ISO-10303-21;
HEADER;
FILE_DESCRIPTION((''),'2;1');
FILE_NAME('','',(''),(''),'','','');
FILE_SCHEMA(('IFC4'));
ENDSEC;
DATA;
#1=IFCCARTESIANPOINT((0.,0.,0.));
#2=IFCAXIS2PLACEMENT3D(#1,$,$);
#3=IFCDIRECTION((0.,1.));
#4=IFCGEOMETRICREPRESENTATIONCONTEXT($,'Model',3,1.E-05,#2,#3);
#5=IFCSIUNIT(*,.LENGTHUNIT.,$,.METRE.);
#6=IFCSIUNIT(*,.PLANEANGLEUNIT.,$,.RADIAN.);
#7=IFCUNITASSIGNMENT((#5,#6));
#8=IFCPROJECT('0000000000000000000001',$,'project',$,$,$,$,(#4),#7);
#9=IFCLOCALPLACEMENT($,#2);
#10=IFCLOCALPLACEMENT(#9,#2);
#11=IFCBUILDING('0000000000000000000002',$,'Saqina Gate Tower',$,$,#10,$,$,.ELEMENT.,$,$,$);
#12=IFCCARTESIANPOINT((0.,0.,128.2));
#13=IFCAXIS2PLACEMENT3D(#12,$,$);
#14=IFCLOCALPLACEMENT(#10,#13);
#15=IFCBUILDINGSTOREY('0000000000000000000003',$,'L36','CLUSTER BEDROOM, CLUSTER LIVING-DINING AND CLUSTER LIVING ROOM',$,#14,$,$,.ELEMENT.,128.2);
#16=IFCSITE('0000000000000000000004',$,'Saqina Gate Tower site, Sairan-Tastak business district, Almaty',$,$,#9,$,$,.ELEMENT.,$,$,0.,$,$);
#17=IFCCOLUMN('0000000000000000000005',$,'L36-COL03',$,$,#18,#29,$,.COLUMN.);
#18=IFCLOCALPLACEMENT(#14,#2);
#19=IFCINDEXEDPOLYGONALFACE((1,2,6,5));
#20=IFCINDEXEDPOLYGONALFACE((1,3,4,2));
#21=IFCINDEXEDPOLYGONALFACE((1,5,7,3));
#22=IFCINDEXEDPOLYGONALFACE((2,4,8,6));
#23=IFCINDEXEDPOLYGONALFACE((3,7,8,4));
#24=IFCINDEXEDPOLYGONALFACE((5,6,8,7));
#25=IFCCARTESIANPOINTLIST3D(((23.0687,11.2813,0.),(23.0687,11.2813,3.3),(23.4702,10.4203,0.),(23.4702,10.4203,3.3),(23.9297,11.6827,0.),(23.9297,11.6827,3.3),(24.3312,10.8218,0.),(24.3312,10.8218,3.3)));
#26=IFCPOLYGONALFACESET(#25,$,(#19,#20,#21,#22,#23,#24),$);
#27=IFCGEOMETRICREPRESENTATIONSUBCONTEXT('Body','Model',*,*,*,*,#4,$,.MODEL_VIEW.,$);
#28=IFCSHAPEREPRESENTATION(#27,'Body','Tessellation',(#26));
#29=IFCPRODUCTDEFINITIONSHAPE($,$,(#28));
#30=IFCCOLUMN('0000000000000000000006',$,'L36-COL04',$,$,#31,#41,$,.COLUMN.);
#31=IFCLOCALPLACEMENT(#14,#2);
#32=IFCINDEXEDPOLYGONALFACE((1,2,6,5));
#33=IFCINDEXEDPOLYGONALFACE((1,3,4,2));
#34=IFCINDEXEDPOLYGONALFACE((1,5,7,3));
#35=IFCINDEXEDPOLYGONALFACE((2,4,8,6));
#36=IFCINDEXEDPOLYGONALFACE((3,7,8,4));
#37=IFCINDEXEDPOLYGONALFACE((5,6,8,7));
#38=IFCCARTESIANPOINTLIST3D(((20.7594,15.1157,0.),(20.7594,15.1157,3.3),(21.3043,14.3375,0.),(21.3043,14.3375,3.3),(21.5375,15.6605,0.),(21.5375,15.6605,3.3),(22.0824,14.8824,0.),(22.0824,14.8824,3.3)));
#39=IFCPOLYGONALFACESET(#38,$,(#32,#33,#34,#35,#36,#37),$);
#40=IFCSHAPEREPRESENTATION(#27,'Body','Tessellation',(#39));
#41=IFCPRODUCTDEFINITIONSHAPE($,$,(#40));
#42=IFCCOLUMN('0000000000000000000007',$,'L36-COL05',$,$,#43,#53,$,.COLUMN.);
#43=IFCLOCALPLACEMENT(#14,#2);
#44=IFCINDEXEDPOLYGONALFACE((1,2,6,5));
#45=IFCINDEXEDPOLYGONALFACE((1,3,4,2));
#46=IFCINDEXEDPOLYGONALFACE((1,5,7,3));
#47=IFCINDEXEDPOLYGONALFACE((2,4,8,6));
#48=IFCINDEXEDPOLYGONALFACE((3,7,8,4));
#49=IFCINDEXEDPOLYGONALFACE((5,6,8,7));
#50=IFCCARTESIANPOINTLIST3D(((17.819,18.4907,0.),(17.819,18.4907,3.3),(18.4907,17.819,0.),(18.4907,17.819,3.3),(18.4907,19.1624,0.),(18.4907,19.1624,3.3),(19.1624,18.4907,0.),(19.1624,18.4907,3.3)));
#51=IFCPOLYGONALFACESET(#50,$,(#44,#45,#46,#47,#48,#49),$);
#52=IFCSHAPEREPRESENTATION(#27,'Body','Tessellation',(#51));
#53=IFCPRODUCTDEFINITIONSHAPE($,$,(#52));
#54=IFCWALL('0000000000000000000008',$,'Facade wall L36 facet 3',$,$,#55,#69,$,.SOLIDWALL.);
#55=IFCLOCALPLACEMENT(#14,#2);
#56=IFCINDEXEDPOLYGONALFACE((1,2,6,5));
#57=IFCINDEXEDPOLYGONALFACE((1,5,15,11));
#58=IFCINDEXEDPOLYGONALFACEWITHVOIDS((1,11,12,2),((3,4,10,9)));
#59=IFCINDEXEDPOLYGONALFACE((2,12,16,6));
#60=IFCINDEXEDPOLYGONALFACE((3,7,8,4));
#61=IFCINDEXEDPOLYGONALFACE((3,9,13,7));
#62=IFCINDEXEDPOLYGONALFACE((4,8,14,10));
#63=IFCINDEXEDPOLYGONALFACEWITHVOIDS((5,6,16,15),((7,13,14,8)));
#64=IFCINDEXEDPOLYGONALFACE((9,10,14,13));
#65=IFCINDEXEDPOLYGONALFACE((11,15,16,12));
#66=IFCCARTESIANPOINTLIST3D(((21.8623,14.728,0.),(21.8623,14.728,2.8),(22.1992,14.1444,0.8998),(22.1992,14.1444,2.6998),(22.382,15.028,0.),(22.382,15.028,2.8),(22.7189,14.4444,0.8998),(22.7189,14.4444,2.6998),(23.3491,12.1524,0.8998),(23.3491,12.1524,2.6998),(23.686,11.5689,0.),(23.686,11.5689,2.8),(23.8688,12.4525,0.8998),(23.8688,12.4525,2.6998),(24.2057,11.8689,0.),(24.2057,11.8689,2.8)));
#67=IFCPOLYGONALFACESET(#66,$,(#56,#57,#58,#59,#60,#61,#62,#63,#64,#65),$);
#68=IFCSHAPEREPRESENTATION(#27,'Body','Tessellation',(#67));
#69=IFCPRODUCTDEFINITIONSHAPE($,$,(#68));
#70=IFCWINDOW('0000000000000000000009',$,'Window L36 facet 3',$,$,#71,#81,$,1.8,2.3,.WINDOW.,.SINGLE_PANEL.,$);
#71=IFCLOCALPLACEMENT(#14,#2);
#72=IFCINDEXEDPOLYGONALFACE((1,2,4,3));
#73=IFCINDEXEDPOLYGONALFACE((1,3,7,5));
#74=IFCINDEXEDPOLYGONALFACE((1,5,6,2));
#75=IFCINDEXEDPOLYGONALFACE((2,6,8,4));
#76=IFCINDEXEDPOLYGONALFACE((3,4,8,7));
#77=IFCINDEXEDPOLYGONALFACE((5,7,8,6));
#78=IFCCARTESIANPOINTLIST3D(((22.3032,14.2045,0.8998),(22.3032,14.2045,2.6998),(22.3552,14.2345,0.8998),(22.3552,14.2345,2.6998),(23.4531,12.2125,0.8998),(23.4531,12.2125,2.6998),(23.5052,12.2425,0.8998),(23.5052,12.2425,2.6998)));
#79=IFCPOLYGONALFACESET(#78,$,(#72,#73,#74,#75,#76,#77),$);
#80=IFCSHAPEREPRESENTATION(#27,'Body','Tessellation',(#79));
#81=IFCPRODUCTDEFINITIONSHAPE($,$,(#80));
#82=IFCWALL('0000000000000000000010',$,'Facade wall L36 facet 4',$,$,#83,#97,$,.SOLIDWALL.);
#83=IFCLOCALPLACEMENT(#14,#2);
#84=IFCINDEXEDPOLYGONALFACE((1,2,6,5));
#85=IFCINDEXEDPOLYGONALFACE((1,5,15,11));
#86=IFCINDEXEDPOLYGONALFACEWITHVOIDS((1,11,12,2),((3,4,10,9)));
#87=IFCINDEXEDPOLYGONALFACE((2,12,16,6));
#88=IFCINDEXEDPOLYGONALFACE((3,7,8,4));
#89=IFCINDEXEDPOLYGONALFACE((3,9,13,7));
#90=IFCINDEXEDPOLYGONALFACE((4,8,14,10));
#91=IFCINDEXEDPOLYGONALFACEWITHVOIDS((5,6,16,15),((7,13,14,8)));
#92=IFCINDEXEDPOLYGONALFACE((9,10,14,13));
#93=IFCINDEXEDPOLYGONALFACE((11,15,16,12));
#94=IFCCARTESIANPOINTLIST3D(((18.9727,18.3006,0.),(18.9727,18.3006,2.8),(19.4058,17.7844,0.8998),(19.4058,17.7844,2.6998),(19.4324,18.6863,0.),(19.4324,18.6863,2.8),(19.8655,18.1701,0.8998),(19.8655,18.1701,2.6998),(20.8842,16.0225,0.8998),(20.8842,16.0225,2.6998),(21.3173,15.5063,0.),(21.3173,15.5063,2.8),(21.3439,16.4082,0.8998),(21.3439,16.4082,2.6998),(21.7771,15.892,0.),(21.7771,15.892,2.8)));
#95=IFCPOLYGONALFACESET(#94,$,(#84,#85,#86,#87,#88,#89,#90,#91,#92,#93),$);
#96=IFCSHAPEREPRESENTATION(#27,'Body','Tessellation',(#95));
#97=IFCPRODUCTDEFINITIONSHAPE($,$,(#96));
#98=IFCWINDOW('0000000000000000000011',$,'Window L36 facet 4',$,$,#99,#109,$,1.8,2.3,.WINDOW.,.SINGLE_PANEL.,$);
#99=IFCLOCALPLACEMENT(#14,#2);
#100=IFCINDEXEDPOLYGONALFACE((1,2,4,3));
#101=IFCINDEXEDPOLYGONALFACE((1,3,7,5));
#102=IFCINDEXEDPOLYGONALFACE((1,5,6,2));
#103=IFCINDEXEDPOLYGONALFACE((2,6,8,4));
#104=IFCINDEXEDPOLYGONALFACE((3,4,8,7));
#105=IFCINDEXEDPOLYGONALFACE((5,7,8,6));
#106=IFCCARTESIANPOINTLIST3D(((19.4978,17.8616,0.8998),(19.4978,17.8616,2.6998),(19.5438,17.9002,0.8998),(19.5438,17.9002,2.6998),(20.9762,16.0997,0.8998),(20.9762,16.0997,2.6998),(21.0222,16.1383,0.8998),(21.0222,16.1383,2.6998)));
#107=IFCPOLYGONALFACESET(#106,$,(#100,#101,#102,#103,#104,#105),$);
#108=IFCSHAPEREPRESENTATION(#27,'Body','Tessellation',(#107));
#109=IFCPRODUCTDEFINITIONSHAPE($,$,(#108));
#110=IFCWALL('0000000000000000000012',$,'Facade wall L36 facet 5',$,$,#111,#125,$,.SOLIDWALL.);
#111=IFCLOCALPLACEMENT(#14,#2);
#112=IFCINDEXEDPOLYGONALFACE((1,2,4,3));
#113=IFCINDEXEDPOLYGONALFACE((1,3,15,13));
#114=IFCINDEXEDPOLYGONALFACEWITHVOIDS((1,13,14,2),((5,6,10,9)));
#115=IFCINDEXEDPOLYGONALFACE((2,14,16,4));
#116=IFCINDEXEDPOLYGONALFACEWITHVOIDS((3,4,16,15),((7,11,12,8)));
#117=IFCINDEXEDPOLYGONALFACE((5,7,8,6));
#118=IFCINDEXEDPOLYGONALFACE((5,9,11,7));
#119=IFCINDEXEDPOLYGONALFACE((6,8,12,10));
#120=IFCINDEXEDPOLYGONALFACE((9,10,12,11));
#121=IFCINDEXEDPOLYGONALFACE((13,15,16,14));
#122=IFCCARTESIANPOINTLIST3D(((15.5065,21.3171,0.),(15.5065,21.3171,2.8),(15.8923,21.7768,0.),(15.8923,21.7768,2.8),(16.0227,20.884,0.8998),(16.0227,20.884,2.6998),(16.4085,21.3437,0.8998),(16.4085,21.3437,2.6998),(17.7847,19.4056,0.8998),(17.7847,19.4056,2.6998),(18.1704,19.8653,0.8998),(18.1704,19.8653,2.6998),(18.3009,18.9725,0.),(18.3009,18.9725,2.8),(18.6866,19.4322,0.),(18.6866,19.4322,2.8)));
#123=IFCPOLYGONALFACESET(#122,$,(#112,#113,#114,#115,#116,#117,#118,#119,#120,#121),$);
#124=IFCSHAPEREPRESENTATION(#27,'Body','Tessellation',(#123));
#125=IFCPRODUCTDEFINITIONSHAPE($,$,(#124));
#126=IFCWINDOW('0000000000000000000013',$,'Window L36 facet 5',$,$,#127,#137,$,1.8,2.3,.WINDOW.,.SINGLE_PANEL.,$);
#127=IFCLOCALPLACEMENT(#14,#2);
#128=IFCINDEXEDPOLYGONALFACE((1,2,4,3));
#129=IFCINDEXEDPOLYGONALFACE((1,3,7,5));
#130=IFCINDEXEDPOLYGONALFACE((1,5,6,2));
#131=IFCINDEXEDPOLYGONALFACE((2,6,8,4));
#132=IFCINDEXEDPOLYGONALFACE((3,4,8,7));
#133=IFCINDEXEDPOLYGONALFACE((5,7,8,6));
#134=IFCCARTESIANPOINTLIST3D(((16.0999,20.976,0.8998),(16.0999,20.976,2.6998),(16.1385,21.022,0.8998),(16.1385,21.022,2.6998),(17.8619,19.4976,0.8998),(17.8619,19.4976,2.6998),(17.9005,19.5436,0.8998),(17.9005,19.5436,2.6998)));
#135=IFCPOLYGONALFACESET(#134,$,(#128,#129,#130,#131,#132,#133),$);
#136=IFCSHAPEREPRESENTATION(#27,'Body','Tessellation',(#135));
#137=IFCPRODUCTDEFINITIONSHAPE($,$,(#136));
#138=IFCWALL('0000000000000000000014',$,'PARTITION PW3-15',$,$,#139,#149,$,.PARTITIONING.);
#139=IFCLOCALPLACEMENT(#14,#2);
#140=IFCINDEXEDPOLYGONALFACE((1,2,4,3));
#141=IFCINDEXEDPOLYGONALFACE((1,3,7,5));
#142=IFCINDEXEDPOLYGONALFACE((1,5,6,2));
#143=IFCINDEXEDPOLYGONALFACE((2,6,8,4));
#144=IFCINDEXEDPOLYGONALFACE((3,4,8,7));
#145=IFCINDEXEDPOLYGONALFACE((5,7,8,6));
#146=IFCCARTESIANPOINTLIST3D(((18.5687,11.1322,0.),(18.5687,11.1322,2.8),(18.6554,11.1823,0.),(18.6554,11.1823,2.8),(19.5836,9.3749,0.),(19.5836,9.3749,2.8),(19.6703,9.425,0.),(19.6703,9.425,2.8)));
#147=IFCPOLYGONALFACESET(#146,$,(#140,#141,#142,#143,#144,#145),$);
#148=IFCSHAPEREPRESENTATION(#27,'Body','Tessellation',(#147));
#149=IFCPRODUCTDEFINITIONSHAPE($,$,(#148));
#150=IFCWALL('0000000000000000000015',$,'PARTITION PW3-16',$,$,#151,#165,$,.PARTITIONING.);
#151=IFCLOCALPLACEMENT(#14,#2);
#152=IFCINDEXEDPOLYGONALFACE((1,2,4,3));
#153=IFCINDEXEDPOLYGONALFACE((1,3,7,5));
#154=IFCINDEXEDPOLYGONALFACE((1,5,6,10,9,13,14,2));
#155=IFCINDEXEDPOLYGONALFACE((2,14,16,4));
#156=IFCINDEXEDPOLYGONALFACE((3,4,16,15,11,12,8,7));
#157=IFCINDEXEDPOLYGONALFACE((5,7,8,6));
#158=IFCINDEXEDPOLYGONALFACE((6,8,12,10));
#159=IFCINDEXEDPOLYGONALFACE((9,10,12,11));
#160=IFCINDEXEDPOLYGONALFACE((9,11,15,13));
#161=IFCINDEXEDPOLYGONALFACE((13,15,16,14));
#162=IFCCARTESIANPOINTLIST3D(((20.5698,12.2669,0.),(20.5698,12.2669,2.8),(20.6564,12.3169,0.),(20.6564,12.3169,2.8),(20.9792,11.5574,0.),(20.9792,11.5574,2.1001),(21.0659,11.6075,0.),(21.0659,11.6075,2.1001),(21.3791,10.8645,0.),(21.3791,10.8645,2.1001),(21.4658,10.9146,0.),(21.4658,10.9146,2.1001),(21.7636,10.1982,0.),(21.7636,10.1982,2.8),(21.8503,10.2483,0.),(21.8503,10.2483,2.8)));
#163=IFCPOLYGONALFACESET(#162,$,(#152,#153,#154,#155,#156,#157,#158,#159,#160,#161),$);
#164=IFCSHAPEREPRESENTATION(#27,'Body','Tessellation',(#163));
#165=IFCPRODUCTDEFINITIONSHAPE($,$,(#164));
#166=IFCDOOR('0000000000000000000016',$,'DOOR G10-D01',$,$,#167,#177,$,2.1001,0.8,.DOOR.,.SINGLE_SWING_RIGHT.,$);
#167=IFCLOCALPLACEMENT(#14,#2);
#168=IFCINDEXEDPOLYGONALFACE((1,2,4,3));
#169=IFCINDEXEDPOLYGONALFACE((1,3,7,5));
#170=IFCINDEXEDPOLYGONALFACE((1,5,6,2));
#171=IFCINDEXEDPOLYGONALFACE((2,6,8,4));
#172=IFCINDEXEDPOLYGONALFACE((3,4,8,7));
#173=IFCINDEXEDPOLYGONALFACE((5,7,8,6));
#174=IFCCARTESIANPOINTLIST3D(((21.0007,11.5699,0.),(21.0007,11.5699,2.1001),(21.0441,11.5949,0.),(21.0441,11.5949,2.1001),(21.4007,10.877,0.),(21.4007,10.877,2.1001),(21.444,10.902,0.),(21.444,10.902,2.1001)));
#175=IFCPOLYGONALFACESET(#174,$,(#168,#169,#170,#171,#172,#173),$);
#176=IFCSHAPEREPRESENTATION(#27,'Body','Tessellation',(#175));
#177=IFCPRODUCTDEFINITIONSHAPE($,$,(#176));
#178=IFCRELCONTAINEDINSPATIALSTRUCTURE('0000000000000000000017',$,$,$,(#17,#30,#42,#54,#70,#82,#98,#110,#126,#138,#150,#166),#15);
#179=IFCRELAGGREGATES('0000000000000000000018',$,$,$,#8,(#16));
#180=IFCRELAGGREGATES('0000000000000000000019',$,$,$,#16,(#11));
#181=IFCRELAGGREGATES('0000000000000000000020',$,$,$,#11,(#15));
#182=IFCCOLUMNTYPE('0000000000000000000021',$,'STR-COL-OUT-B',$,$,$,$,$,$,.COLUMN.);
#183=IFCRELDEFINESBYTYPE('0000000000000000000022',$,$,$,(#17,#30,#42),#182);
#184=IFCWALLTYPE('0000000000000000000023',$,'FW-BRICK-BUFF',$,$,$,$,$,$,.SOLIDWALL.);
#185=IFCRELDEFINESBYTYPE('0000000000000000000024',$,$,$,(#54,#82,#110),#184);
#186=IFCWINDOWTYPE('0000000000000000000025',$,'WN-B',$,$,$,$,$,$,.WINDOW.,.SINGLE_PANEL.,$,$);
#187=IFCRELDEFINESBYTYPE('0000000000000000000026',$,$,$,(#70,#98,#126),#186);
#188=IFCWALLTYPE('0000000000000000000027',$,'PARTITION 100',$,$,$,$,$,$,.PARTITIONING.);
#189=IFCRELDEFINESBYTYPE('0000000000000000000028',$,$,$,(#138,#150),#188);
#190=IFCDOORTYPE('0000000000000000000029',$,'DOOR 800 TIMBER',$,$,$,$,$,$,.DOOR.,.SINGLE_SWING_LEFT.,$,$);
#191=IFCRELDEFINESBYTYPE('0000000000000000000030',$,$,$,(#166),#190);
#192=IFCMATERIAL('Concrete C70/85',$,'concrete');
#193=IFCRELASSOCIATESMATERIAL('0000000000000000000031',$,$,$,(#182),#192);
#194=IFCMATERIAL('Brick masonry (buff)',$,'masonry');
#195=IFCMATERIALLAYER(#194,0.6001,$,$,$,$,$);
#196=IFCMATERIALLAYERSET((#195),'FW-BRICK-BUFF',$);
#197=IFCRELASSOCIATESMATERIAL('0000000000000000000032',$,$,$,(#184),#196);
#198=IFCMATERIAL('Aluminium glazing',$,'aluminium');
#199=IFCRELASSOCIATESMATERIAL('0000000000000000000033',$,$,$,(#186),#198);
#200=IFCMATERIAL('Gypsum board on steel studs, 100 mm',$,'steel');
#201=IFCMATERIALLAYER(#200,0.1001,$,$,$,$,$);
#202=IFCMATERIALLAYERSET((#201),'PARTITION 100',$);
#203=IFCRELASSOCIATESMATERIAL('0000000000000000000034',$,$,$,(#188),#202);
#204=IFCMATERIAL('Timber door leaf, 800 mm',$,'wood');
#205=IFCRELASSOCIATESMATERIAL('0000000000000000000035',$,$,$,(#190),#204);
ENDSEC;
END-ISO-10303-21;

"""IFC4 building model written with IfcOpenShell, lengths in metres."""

from ifc_helpers import new_model, si_unit, direction, frame, frame_2d, origin, origin_2d, place, context, subcontext, project, spatial, rectangle, extrude, material, layer, layer_set, material_profile, profile_set, type_object, element, fill, save


model = new_model("IFC4")

# Units and contexts
model_context = context("Model", 3, precision=1e-05, world=origin(), true_north=direction((0.0, 1.0)))
body_context = subcontext(model_context, "Body", "Model", "MODEL_VIEW")
ifc_project = project(units=[si_unit("LENGTHUNIT", "METRE"), si_unit("PLANEANGLEUNIT", "RADIAN")], contexts=[model_context])

# Site, building, storey
site_placement = place(None, origin())
site = spatial("IfcSite", under=ifc_project, at=site_placement, Name="Saqina Gate Tower site, Sairan-Tastak business district, Almaty", CompositionType="ELEMENT", RefElevation=0.0)
building_placement = place(site_placement, origin())
building = spatial("IfcBuilding", under=site, at=building_placement, Name="Saqina Gate Tower", CompositionType="ELEMENT")
storey_placement = place(building_placement, frame((0.0, 0.0, 128.2)))
storey = spatial("IfcBuildingStorey", under=building, at=storey_placement, Name="L36", Description="CLUSTER BEDROOM, CLUSTER LIVING-DINING AND CLUSTER LIVING ROOM", CompositionType="ELEMENT", Elevation=128.2)

# Columns
ifc_material_1 = material(Name="Concrete C70/85", Category="concrete")
ifc_material_profile = material_profile(ifc_material_1, rectangle(XDim=0.95, YDim=0.95, at=origin_2d()), Name="RC 950x950")
ifc_profile_set = profile_set([ifc_material_profile], Name="Concrete C70/85")
column_type = type_object("IfcColumnType", Name="STR-COL-OUT-B", PredefinedType="COLUMN", material=ifc_profile_set)
for number, where, z_axis, x_axis, name in (
    (1, (23.7, 11.0515, 0.0), (0.0, 0.0, 1.0), (0.906308, 0.422618, 0.0), "L36-COL03"),
    (2, (21.4209, 14.999, 0.0), (0.0, 0.0, 1.0), (0.819152, 0.573576, 0.0), "L36-COL04"),
    (3, (18.4907, 18.4907, 0.0), (0.0, 0.0, 1.0), (0.707107, 0.707107, 0.0), "L36-COL05"),
):
    element("IfcColumn", number, at=place(storey_placement, frame(where, z_axis=z_axis, x_axis=x_axis)), inside=storey, type_object=column_type, Name=name, PredefinedType="COLUMN", context=body_context, shape_type="SweptSolid", body=[
        extrude(rectangle(XDim=0.95, YDim=0.95, at=origin_2d()), origin(), (0.0, 0.0, 1.0), 3.3),
    ])

# Walls, openings, windows
ifc_material_2 = material(Name="Brick masonry (buff)", Category="masonry")
ifc_layer_1 = layer(ifc_material_2, 0.6001)
ifc_layer_set_1 = layer_set([ifc_layer_1], Name="FW-BRICK-BUFF")
wall_type_1 = type_object("IfcWallType", Name="FW-BRICK-BUFF", PredefinedType="SOLIDWALL", material=ifc_layer_set_1)
wall_1_placement = place(storey_placement, frame((23.9458, 11.719, 0.0), z_axis=(0.0, 0.0, 1.0), x_axis=(-0.499954, 0.866052, 0.0)))
wall_1 = element("IfcWall", 4, at=wall_1_placement, inside=storey, type_object=wall_type_1, Name="Facade wall L36 facet 3", PredefinedType="SOLIDWALL", context=body_context, shape_type="SweptSolid", body=[
    extrude(rectangle(XDim=3.6477, YDim=0.6001, at=frame_2d((1.8237, 0.0))), origin(), (0.0, 0.0, 1.0), 2.8),
])
opening_1_placement = place(wall_1_placement, frame((0.6738, 0.0, 0.8999)))
opening_1 = element("IfcOpeningElement", 5, at=opening_1_placement, cuts=wall_1, PredefinedType="OPENING", context=body_context, shape_type="SweptSolid", body=[
    extrude(rectangle(XDim=2.3, YDim=1.8, at=frame_2d((1.1499, 0.8999))), frame((0.0, 0.312, 0.0), z_axis=(0.0, -1.0, 0.0), x_axis=(1.0, 0.0, 0.0)), (0.0, 0.0, 1.0), 0.624),
])
ifc_material_3 = material(Name="Aluminium glazing", Category="aluminium")
window_type = type_object("IfcWindowType", Name="WN-B", PartitioningType="SINGLE_PANEL", PredefinedType="WINDOW", material=ifc_material_3)
window_1_placement = place(opening_1_placement, origin())
window_1 = element("IfcWindow", 6, at=window_1_placement, inside=storey, type_object=window_type, Name="Window L36 facet 3", OverallHeight=1.8, OverallWidth=2.3, PartitioningType="SINGLE_PANEL", PredefinedType="WINDOW", context=body_context, shape_type="SweptSolid", body=[
    extrude(rectangle(XDim=2.3, YDim=1.8, at=frame_2d((1.1499, 0.8999))), frame((0.0, 0.1799, 0.0), z_axis=(0.0, -1.0, 0.0), x_axis=(1.0, 0.0, 0.0)), (0.0, 0.0, 1.0), 0.0601),
])
fill(opening_1, window_1)
wall_2_placement = place(storey_placement, frame((21.5471, 15.6992, 0.0), z_axis=(0.0, 0.0, 1.0), x_axis=(-0.642774, 0.766055, 0.0)))
wall_2 = element("IfcWall", 7, at=wall_2_placement, inside=storey, type_object=wall_type_1, Name="Facade wall L36 facet 4", PredefinedType="SOLIDWALL", context=body_context, shape_type="SweptSolid", body=[
    extrude(rectangle(XDim=3.6477, YDim=0.6001, at=frame_2d((1.8237, 0.0))), origin(), (0.0, 0.0, 1.0), 2.8),
])
opening_2_placement = place(wall_2_placement, frame((0.6738, 0.0, 0.8999)))
opening_2 = element("IfcOpeningElement", 8, at=opening_2_placement, cuts=wall_2, PredefinedType="OPENING", context=body_context, shape_type="SweptSolid", body=[
    extrude(rectangle(XDim=2.3, YDim=1.8, at=frame_2d((1.1499, 0.8999))), frame((0.0, 0.312, 0.0), z_axis=(0.0, -1.0, 0.0), x_axis=(1.0, 0.0, 0.0)), (0.0, 0.0, 1.0), 0.624),
])
window_2_placement = place(opening_2_placement, origin())
window_2 = element("IfcWindow", 9, at=window_2_placement, inside=storey, type_object=window_type, Name="Window L36 facet 4", OverallHeight=1.8, OverallWidth=2.3, PartitioningType="SINGLE_PANEL", PredefinedType="WINDOW", context=body_context, shape_type="SweptSolid", body=[
    extrude(rectangle(XDim=2.3, YDim=1.8, at=frame_2d((1.1499, 0.8999))), frame((0.0, 0.1799, 0.0), z_axis=(0.0, -1.0, 0.0), x_axis=(1.0, 0.0, 0.0)), (0.0, 0.0, 1.0), 0.0601),
])
fill(opening_2, window_2)
wall_3_placement = place(storey_placement, frame((18.4937, 19.2024, 0.0), z_axis=(0.0, 0.0, 1.0), x_axis=(-0.766055, 0.642774, 0.0)))
wall_3 = element("IfcWall", 10, at=wall_3_placement, inside=storey, type_object=wall_type_1, Name="Facade wall L36 facet 5", PredefinedType="SOLIDWALL", context=body_context, shape_type="SweptSolid", body=[
    extrude(rectangle(XDim=3.6477, YDim=0.6001, at=frame_2d((1.8237, 0.0))), origin(), (0.0, 0.0, 1.0), 2.8),
])
opening_3_placement = place(wall_3_placement, frame((0.6738, 0.0, 0.8999)))
opening_3 = element("IfcOpeningElement", 11, at=opening_3_placement, cuts=wall_3, PredefinedType="OPENING", context=body_context, shape_type="SweptSolid", body=[
    extrude(rectangle(XDim=2.3, YDim=1.8, at=frame_2d((1.1499, 0.8999))), frame((0.0, 0.312, 0.0), z_axis=(0.0, -1.0, 0.0), x_axis=(1.0, 0.0, 0.0)), (0.0, 0.0, 1.0), 0.624),
])
window_3_placement = place(opening_3_placement, origin())
window_3 = element("IfcWindow", 12, at=window_3_placement, inside=storey, type_object=window_type, Name="Window L36 facet 5", OverallHeight=1.8, OverallWidth=2.3, PartitioningType="SINGLE_PANEL", PredefinedType="WINDOW", context=body_context, shape_type="SweptSolid", body=[
    extrude(rectangle(XDim=2.3, YDim=1.8, at=frame_2d((1.1499, 0.8999))), frame((0.0, 0.1799, 0.0), z_axis=(0.0, -1.0, 0.0), x_axis=(1.0, 0.0, 0.0)), (0.0, 0.0, 1.0), 0.0601),
])
fill(opening_3, window_3)

# Wall
ifc_material_4 = material(Name="Gypsum board on steel studs, 100 mm", Category="steel")
ifc_layer_2 = layer(ifc_material_4, 0.1001)
ifc_layer_set_2 = layer_set([ifc_layer_2], Name="PARTITION 100")
wall_type_2 = type_object("IfcWallType", Name="PARTITION 100", PredefinedType="PARTITIONING", material=ifc_layer_set_2)
wall_4_placement = place(storey_placement, frame((18.6121, 11.1572, 0.0), z_axis=(0.0, 0.0, 1.0), x_axis=(0.500111, -0.865961, 0.0)))
element("IfcWall", 13, at=wall_4_placement, inside=storey, type_object=wall_type_2, Name="PARTITION PW3-15", PredefinedType="PARTITIONING", context=body_context, shape_type="SweptSolid", body=[
    extrude(rectangle(XDim=2.0293, YDim=0.1001, at=frame_2d((1.0146, 0.0))), origin(), (0.0, 0.0, 1.0), 2.8),
])

# Wall, opening, door
wall_5_placement = place(storey_placement, frame((20.613, 12.292, 0.0), z_axis=(0.0, 0.0, 1.0), x_axis=(0.499855, -0.866109, 0.0)))
wall_5 = element("IfcWall", 14, at=wall_5_placement, inside=storey, type_object=wall_type_2, Name="PARTITION PW3-16", PredefinedType="PARTITIONING", context=body_context, shape_type="SweptSolid", body=[
    extrude(rectangle(XDim=2.3884, YDim=0.1001, at=frame_2d((1.1943, 0.0))), origin(), (0.0, 0.0, 1.0), 2.8),
])
opening_4_placement = place(wall_5_placement, frame((0.8193, 0.0, 0.0)))
opening_4 = element("IfcOpeningElement", 15, at=opening_4_placement, cuts=wall_5, PredefinedType="OPENING", context=body_context, shape_type="SweptSolid", body=[
    extrude(rectangle(XDim=0.8, YDim=2.1001, at=frame_2d((0.3999, 1.05))), frame((0.0, 0.062, 0.0), z_axis=(0.0, -1.0, 0.0), x_axis=(1.0, 0.0, 0.0)), (0.0, 0.0, 1.0), 0.124),
])
ifc_material_5 = material(Name="Timber door leaf, 800 mm", Category="wood")
door_type_1 = type_object("IfcDoorType", Name="DOOR 800 TIMBER", OperationType="SINGLE_SWING_LEFT", PredefinedType="DOOR", material=ifc_material_5)
door_1_placement = place(opening_4_placement, origin())
door_1 = element("IfcDoor", 16, at=door_1_placement, inside=storey, type_object=door_type_1, Name="DOOR G10-D01", OperationType="SINGLE_SWING_RIGHT", OverallHeight=2.1001, OverallWidth=0.8, PredefinedType="DOOR", context=body_context, shape_type="SweptSolid", body=[
    extrude(rectangle(XDim=0.8, YDim=2.1001, at=frame_2d((0.3999, 1.05))), frame((0.0, 0.0249, 0.0), z_axis=(0.0, -1.0, 0.0), x_axis=(1.0, 0.0, 0.0)), (0.0, 0.0, 1.0), 0.05),
])
fill(opening_4, door_1)

save(model, "model.ifc")
